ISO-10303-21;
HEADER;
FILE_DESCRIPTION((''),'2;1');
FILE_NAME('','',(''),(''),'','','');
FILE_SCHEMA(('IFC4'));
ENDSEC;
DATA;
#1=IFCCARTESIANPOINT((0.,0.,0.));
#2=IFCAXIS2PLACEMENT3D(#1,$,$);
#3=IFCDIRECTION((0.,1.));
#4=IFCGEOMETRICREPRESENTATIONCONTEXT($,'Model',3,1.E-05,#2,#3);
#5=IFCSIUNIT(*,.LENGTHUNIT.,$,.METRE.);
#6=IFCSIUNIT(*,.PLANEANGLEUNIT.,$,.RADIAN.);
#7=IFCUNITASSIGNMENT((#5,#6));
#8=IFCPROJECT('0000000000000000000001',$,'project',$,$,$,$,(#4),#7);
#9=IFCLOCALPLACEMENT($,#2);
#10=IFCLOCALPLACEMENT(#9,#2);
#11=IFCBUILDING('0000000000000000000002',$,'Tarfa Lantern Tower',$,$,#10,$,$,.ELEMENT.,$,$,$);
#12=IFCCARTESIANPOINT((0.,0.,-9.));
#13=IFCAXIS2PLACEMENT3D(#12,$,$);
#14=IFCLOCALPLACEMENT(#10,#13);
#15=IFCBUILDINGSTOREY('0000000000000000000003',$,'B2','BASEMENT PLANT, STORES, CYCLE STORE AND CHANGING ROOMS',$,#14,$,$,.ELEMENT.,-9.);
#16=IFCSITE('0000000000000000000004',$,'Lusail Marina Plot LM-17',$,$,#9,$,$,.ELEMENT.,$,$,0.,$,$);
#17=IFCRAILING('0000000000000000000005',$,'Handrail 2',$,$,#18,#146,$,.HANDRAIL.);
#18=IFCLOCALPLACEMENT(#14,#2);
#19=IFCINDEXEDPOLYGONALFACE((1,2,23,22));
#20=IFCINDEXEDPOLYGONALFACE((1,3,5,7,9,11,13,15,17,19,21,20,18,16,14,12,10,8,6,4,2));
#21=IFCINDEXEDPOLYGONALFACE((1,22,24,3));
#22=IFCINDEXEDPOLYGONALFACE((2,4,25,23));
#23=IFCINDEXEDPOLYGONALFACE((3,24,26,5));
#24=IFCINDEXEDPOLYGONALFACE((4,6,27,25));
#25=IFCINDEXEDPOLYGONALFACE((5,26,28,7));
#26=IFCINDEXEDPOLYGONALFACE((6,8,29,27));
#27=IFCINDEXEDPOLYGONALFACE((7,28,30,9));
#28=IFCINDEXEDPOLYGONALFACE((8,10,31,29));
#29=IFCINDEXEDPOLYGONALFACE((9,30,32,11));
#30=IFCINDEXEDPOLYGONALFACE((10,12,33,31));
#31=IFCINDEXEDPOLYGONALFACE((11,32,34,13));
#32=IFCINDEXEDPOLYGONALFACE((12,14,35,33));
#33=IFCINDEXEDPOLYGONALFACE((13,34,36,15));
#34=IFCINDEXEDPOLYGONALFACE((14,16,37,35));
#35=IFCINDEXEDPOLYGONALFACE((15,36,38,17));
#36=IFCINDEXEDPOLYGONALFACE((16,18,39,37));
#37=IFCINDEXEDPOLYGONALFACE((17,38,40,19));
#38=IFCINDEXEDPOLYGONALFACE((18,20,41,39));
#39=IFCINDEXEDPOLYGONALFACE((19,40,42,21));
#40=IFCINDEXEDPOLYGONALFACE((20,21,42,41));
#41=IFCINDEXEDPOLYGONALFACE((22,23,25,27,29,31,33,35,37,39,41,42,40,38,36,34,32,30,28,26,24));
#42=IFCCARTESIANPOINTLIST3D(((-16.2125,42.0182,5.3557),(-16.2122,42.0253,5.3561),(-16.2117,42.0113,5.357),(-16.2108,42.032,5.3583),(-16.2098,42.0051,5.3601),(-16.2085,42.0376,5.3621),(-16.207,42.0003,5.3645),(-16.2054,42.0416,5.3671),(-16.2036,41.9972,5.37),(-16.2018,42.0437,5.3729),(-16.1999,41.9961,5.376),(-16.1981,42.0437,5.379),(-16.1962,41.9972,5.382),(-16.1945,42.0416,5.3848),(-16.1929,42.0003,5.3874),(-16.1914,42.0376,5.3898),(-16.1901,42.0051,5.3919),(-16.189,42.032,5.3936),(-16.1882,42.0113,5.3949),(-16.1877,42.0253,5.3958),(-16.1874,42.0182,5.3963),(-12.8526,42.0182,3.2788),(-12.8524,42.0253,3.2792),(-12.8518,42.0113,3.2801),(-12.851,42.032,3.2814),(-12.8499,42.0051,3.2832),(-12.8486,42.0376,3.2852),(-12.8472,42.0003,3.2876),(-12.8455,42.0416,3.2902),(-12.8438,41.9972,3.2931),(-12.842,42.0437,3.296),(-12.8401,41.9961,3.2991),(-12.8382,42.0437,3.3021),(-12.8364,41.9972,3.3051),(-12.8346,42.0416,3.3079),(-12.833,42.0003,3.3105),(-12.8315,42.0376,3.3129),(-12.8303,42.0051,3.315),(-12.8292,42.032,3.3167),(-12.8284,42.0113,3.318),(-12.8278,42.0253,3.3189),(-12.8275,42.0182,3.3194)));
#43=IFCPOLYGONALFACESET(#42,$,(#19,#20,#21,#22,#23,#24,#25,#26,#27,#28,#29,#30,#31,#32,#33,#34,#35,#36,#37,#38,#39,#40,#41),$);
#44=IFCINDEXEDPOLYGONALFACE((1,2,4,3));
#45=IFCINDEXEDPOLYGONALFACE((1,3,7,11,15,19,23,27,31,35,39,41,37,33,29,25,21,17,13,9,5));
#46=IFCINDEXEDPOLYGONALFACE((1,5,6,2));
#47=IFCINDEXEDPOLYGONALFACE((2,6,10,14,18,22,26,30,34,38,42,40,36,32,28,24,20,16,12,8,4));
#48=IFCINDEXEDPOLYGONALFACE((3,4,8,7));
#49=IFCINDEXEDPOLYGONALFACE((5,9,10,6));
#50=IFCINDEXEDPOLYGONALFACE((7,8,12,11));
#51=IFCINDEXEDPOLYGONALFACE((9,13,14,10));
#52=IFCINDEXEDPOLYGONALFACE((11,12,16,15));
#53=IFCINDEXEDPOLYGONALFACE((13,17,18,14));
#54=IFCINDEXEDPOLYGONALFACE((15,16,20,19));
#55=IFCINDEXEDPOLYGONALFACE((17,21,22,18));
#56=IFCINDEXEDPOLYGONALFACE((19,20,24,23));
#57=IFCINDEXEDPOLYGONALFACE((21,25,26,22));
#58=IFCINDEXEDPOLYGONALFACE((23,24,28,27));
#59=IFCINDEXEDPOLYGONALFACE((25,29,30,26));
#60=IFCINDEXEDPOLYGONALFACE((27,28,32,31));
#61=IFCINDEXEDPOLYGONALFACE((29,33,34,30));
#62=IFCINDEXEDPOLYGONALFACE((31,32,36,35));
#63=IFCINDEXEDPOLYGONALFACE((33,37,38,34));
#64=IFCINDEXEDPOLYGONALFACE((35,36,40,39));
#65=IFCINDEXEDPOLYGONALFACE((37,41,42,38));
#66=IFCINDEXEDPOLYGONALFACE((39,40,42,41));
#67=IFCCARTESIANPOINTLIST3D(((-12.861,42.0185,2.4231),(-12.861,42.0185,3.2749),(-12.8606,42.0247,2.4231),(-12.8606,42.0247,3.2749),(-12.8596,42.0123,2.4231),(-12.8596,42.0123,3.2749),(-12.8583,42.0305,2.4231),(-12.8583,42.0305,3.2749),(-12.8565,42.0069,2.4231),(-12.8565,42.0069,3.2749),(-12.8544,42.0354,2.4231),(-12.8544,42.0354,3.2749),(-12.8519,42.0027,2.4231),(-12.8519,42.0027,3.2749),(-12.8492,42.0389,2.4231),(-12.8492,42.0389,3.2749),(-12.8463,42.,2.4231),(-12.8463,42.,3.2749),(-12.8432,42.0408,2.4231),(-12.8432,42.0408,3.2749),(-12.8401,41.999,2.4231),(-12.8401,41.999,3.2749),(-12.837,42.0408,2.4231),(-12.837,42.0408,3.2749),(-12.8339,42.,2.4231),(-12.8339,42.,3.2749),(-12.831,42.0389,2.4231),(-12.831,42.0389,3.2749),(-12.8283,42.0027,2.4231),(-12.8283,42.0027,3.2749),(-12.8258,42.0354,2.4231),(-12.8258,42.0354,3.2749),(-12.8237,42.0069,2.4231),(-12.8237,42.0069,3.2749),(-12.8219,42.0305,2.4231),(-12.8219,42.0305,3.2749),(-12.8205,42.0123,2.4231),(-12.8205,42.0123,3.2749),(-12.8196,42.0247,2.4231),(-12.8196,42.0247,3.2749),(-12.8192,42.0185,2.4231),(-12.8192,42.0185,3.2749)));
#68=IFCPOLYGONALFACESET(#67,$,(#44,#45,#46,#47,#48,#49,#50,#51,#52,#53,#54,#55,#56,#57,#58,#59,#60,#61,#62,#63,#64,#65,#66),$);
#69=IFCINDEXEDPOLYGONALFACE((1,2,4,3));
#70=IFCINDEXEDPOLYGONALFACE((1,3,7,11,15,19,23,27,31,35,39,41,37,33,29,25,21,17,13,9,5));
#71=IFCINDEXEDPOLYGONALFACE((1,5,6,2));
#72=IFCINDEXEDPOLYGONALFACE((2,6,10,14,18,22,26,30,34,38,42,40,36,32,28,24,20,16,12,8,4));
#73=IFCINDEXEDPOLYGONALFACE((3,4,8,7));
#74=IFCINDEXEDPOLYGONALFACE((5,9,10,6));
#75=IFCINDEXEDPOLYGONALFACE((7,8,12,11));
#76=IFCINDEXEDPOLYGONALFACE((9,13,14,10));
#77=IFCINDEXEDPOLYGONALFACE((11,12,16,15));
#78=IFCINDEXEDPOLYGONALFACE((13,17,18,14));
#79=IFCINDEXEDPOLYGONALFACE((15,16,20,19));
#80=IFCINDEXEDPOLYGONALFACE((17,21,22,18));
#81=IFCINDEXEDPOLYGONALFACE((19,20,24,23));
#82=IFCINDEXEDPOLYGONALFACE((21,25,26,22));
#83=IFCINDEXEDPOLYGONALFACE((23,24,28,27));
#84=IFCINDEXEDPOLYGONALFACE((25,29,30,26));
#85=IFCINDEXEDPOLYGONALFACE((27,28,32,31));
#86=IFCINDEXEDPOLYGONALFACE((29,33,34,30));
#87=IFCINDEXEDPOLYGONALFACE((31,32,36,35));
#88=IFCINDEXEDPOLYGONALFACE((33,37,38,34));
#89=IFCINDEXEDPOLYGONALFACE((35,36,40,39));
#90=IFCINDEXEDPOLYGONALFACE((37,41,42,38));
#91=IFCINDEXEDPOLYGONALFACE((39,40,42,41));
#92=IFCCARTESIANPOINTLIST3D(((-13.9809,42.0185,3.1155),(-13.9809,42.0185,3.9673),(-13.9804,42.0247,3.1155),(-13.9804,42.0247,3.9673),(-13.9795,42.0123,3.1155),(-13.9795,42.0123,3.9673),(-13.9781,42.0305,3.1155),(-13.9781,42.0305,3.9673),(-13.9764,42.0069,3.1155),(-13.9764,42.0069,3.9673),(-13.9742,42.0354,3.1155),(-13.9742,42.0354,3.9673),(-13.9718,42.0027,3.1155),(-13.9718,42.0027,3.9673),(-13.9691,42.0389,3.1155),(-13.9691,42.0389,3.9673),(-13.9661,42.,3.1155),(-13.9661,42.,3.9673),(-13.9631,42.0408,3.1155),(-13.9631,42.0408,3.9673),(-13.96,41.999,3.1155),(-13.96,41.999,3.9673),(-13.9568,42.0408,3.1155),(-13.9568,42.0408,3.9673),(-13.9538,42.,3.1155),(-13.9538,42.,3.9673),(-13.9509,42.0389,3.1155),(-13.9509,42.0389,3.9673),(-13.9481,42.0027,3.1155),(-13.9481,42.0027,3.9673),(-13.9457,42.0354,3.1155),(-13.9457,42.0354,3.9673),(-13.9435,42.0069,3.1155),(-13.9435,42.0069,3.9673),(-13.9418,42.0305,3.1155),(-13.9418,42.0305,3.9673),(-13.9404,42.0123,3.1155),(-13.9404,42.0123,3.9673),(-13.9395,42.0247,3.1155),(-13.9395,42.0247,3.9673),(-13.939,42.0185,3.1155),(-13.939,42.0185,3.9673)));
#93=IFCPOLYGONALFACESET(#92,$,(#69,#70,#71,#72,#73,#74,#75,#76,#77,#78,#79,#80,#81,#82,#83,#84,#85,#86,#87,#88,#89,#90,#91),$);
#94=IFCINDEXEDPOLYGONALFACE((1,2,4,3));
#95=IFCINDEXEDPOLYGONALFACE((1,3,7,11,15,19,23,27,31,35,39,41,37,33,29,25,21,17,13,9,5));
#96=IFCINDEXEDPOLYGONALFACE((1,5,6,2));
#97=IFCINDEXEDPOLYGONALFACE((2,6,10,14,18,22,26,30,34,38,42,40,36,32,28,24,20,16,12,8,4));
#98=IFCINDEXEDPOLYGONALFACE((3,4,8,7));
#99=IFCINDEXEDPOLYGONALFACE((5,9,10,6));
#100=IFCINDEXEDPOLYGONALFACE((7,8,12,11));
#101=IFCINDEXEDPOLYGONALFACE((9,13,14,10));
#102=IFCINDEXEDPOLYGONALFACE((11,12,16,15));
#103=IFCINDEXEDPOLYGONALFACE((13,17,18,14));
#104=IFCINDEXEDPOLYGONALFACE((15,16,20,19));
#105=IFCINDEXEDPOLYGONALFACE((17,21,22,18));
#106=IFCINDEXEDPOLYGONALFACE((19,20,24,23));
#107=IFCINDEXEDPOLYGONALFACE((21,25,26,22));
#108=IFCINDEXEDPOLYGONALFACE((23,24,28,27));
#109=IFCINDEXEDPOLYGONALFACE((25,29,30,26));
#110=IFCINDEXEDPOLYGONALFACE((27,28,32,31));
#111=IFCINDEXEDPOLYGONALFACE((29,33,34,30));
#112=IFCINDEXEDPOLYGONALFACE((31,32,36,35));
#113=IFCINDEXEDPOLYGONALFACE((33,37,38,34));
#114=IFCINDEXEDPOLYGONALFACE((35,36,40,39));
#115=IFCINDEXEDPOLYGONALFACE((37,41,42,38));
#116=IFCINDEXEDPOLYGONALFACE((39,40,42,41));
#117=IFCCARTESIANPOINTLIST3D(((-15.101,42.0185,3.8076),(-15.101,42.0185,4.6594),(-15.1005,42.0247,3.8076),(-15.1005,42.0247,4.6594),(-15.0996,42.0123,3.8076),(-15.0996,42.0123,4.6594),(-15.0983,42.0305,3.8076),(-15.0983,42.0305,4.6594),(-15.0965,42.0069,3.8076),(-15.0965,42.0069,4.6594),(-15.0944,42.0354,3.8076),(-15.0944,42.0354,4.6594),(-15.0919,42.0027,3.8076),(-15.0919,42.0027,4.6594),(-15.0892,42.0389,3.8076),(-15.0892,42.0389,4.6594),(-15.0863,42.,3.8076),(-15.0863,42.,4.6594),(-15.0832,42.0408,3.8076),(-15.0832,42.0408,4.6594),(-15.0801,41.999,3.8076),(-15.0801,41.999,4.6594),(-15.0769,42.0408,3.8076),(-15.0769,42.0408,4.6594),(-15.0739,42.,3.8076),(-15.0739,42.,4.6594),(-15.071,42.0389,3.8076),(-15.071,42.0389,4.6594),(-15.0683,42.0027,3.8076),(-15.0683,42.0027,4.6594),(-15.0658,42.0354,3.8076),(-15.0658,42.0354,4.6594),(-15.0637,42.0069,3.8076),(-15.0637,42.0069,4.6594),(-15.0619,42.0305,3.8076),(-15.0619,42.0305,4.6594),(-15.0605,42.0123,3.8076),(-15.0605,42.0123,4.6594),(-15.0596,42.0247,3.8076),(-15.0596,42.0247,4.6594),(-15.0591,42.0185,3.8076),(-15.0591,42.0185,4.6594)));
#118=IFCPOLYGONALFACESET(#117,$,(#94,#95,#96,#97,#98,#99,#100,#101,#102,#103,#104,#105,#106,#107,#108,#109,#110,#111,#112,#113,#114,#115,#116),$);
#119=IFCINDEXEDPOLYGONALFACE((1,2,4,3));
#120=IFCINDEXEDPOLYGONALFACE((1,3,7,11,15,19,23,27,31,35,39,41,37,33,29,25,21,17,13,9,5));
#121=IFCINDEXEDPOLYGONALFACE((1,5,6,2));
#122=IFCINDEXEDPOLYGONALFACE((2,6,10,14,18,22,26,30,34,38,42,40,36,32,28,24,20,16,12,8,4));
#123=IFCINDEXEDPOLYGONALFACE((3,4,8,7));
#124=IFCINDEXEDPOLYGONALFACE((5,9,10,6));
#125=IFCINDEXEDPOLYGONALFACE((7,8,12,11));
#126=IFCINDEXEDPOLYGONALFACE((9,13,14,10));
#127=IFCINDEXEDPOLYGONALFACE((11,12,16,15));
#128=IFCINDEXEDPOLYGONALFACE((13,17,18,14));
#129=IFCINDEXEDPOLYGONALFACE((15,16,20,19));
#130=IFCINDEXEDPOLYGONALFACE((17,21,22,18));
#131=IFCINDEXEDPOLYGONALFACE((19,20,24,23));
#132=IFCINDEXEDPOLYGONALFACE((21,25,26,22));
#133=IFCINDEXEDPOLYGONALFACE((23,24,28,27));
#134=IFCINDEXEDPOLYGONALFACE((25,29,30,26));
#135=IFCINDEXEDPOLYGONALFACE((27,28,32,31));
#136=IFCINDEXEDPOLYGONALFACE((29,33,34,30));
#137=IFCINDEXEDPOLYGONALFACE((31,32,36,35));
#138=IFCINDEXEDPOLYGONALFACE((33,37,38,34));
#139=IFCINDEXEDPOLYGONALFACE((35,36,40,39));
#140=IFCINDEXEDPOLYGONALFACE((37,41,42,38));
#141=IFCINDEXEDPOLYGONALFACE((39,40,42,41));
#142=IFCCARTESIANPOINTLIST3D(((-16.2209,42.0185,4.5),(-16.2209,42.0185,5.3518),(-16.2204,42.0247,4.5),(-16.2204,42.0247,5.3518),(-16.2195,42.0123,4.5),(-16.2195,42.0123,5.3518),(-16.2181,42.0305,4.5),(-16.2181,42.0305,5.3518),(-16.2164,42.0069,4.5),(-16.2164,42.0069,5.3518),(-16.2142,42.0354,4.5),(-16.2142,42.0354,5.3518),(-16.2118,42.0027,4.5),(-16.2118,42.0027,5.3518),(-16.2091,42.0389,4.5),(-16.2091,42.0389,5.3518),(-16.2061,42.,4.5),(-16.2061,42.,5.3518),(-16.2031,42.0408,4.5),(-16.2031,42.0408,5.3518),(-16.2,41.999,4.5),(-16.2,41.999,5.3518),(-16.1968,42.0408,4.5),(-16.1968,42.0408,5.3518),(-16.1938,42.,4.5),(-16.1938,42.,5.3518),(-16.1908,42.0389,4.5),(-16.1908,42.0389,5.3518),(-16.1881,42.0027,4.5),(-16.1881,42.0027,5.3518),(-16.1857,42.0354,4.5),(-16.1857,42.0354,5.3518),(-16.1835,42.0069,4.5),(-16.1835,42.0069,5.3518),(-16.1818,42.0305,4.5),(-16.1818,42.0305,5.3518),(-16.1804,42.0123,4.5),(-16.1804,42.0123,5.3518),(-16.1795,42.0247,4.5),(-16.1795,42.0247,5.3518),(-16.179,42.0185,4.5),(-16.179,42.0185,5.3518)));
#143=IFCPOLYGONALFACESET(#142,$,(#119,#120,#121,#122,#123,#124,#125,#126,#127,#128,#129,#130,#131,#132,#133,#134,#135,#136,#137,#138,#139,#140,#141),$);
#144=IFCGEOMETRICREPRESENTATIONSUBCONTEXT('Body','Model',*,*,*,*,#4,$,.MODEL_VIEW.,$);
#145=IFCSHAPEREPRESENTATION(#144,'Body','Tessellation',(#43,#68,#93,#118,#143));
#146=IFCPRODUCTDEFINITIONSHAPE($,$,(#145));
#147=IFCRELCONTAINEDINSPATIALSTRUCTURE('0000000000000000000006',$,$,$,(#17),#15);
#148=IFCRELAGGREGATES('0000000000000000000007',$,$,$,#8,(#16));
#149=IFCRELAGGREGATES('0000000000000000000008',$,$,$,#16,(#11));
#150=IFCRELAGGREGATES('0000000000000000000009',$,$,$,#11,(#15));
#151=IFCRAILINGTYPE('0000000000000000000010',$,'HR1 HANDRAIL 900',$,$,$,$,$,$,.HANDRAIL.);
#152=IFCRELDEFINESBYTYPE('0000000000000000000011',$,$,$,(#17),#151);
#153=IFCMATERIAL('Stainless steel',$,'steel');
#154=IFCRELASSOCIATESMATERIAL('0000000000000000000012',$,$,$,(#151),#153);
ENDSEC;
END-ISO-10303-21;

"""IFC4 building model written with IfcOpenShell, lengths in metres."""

from ifc_helpers import new_model, si_unit, direction, frame, origin, origin_2d, place, context, subcontext, project, spatial, circle, extrude, material, type_object, element, save


model = new_model("IFC4")

# Units and contexts
model_context = context("Model", 3, precision=1e-05, world=origin(), true_north=direction((0.0, 1.0)))
body_context = subcontext(model_context, "Body", "Model", "MODEL_VIEW")
ifc_project = project(units=[si_unit("LENGTHUNIT", "METRE"), si_unit("PLANEANGLEUNIT", "RADIAN")], contexts=[model_context])

# Site, building, storey
site_placement = place(None, origin())
site = spatial("IfcSite", under=ifc_project, at=site_placement, Name="Lusail Marina Plot LM-17", CompositionType="ELEMENT", RefElevation=0.0)
building_placement = place(site_placement, origin())
building = spatial("IfcBuilding", under=site, at=building_placement, Name="Tarfa Lantern Tower", CompositionType="ELEMENT")
storey_placement = place(building_placement, frame((0.0, 0.0, -9.0)))
storey = spatial("IfcBuildingStorey", under=building, at=storey_placement, Name="B2", Description="BASEMENT PLANT, STORES, CYCLE STORE AND CHANGING ROOMS", CompositionType="ELEMENT", Elevation=-9.0)

# Railing
ifc_material_1 = material(Name="Stainless steel", Category="steel")
railing_type = type_object("IfcRailingType", Name="HR1 HANDRAIL 900", PredefinedType="HANDRAIL", material=ifc_material_1)
railing_1_placement = place(storey_placement, frame((-12.8401, 42.02, 2.4231)))
element("IfcRailing", 1, at=railing_1_placement, inside=storey, type_object=railing_type, Name="Handrail 2", PredefinedType="HANDRAIL", context=body_context, shape_type="SweptSolid", body=[
    extrude(circle(Radius=0.0239, at=origin_2d()), frame((0.0, 0.0, 0.876), z_axis=(-0.850606, 0.0, 0.525803), x_axis=(0.0, -1.0, 0.0)), (0.0, 0.0, 1.0), 3.95),
    extrude(circle(Radius=0.021, at=origin_2d()), frame((0.0, 0.0, 0.0), z_axis=(0.0, 0.0, 1.0), x_axis=(0.0, -1.0, 0.0)), (0.0, 0.0, 1.0), 0.8518),
    extrude(circle(Radius=0.021, at=origin_2d()), frame((-1.1199, 0.0, 0.6924), z_axis=(0.0, 0.0, 1.0), x_axis=(0.0, -1.0, 0.0)), (0.0, 0.0, 1.0), 0.8518),
    extrude(circle(Radius=0.021, at=origin_2d()), frame((-2.24, 0.0, 1.3845), z_axis=(0.0, 0.0, 1.0), x_axis=(0.0, -1.0, 0.0)), (0.0, 0.0, 1.0), 0.8518),
    extrude(circle(Radius=0.021, at=origin_2d()), frame((-3.3599, 0.0, 2.0769), z_axis=(0.0, 0.0, 1.0), x_axis=(0.0, -1.0, 0.0)), (0.0, 0.0, 1.0), 0.8518),
])

save(model, "model.ifc")
